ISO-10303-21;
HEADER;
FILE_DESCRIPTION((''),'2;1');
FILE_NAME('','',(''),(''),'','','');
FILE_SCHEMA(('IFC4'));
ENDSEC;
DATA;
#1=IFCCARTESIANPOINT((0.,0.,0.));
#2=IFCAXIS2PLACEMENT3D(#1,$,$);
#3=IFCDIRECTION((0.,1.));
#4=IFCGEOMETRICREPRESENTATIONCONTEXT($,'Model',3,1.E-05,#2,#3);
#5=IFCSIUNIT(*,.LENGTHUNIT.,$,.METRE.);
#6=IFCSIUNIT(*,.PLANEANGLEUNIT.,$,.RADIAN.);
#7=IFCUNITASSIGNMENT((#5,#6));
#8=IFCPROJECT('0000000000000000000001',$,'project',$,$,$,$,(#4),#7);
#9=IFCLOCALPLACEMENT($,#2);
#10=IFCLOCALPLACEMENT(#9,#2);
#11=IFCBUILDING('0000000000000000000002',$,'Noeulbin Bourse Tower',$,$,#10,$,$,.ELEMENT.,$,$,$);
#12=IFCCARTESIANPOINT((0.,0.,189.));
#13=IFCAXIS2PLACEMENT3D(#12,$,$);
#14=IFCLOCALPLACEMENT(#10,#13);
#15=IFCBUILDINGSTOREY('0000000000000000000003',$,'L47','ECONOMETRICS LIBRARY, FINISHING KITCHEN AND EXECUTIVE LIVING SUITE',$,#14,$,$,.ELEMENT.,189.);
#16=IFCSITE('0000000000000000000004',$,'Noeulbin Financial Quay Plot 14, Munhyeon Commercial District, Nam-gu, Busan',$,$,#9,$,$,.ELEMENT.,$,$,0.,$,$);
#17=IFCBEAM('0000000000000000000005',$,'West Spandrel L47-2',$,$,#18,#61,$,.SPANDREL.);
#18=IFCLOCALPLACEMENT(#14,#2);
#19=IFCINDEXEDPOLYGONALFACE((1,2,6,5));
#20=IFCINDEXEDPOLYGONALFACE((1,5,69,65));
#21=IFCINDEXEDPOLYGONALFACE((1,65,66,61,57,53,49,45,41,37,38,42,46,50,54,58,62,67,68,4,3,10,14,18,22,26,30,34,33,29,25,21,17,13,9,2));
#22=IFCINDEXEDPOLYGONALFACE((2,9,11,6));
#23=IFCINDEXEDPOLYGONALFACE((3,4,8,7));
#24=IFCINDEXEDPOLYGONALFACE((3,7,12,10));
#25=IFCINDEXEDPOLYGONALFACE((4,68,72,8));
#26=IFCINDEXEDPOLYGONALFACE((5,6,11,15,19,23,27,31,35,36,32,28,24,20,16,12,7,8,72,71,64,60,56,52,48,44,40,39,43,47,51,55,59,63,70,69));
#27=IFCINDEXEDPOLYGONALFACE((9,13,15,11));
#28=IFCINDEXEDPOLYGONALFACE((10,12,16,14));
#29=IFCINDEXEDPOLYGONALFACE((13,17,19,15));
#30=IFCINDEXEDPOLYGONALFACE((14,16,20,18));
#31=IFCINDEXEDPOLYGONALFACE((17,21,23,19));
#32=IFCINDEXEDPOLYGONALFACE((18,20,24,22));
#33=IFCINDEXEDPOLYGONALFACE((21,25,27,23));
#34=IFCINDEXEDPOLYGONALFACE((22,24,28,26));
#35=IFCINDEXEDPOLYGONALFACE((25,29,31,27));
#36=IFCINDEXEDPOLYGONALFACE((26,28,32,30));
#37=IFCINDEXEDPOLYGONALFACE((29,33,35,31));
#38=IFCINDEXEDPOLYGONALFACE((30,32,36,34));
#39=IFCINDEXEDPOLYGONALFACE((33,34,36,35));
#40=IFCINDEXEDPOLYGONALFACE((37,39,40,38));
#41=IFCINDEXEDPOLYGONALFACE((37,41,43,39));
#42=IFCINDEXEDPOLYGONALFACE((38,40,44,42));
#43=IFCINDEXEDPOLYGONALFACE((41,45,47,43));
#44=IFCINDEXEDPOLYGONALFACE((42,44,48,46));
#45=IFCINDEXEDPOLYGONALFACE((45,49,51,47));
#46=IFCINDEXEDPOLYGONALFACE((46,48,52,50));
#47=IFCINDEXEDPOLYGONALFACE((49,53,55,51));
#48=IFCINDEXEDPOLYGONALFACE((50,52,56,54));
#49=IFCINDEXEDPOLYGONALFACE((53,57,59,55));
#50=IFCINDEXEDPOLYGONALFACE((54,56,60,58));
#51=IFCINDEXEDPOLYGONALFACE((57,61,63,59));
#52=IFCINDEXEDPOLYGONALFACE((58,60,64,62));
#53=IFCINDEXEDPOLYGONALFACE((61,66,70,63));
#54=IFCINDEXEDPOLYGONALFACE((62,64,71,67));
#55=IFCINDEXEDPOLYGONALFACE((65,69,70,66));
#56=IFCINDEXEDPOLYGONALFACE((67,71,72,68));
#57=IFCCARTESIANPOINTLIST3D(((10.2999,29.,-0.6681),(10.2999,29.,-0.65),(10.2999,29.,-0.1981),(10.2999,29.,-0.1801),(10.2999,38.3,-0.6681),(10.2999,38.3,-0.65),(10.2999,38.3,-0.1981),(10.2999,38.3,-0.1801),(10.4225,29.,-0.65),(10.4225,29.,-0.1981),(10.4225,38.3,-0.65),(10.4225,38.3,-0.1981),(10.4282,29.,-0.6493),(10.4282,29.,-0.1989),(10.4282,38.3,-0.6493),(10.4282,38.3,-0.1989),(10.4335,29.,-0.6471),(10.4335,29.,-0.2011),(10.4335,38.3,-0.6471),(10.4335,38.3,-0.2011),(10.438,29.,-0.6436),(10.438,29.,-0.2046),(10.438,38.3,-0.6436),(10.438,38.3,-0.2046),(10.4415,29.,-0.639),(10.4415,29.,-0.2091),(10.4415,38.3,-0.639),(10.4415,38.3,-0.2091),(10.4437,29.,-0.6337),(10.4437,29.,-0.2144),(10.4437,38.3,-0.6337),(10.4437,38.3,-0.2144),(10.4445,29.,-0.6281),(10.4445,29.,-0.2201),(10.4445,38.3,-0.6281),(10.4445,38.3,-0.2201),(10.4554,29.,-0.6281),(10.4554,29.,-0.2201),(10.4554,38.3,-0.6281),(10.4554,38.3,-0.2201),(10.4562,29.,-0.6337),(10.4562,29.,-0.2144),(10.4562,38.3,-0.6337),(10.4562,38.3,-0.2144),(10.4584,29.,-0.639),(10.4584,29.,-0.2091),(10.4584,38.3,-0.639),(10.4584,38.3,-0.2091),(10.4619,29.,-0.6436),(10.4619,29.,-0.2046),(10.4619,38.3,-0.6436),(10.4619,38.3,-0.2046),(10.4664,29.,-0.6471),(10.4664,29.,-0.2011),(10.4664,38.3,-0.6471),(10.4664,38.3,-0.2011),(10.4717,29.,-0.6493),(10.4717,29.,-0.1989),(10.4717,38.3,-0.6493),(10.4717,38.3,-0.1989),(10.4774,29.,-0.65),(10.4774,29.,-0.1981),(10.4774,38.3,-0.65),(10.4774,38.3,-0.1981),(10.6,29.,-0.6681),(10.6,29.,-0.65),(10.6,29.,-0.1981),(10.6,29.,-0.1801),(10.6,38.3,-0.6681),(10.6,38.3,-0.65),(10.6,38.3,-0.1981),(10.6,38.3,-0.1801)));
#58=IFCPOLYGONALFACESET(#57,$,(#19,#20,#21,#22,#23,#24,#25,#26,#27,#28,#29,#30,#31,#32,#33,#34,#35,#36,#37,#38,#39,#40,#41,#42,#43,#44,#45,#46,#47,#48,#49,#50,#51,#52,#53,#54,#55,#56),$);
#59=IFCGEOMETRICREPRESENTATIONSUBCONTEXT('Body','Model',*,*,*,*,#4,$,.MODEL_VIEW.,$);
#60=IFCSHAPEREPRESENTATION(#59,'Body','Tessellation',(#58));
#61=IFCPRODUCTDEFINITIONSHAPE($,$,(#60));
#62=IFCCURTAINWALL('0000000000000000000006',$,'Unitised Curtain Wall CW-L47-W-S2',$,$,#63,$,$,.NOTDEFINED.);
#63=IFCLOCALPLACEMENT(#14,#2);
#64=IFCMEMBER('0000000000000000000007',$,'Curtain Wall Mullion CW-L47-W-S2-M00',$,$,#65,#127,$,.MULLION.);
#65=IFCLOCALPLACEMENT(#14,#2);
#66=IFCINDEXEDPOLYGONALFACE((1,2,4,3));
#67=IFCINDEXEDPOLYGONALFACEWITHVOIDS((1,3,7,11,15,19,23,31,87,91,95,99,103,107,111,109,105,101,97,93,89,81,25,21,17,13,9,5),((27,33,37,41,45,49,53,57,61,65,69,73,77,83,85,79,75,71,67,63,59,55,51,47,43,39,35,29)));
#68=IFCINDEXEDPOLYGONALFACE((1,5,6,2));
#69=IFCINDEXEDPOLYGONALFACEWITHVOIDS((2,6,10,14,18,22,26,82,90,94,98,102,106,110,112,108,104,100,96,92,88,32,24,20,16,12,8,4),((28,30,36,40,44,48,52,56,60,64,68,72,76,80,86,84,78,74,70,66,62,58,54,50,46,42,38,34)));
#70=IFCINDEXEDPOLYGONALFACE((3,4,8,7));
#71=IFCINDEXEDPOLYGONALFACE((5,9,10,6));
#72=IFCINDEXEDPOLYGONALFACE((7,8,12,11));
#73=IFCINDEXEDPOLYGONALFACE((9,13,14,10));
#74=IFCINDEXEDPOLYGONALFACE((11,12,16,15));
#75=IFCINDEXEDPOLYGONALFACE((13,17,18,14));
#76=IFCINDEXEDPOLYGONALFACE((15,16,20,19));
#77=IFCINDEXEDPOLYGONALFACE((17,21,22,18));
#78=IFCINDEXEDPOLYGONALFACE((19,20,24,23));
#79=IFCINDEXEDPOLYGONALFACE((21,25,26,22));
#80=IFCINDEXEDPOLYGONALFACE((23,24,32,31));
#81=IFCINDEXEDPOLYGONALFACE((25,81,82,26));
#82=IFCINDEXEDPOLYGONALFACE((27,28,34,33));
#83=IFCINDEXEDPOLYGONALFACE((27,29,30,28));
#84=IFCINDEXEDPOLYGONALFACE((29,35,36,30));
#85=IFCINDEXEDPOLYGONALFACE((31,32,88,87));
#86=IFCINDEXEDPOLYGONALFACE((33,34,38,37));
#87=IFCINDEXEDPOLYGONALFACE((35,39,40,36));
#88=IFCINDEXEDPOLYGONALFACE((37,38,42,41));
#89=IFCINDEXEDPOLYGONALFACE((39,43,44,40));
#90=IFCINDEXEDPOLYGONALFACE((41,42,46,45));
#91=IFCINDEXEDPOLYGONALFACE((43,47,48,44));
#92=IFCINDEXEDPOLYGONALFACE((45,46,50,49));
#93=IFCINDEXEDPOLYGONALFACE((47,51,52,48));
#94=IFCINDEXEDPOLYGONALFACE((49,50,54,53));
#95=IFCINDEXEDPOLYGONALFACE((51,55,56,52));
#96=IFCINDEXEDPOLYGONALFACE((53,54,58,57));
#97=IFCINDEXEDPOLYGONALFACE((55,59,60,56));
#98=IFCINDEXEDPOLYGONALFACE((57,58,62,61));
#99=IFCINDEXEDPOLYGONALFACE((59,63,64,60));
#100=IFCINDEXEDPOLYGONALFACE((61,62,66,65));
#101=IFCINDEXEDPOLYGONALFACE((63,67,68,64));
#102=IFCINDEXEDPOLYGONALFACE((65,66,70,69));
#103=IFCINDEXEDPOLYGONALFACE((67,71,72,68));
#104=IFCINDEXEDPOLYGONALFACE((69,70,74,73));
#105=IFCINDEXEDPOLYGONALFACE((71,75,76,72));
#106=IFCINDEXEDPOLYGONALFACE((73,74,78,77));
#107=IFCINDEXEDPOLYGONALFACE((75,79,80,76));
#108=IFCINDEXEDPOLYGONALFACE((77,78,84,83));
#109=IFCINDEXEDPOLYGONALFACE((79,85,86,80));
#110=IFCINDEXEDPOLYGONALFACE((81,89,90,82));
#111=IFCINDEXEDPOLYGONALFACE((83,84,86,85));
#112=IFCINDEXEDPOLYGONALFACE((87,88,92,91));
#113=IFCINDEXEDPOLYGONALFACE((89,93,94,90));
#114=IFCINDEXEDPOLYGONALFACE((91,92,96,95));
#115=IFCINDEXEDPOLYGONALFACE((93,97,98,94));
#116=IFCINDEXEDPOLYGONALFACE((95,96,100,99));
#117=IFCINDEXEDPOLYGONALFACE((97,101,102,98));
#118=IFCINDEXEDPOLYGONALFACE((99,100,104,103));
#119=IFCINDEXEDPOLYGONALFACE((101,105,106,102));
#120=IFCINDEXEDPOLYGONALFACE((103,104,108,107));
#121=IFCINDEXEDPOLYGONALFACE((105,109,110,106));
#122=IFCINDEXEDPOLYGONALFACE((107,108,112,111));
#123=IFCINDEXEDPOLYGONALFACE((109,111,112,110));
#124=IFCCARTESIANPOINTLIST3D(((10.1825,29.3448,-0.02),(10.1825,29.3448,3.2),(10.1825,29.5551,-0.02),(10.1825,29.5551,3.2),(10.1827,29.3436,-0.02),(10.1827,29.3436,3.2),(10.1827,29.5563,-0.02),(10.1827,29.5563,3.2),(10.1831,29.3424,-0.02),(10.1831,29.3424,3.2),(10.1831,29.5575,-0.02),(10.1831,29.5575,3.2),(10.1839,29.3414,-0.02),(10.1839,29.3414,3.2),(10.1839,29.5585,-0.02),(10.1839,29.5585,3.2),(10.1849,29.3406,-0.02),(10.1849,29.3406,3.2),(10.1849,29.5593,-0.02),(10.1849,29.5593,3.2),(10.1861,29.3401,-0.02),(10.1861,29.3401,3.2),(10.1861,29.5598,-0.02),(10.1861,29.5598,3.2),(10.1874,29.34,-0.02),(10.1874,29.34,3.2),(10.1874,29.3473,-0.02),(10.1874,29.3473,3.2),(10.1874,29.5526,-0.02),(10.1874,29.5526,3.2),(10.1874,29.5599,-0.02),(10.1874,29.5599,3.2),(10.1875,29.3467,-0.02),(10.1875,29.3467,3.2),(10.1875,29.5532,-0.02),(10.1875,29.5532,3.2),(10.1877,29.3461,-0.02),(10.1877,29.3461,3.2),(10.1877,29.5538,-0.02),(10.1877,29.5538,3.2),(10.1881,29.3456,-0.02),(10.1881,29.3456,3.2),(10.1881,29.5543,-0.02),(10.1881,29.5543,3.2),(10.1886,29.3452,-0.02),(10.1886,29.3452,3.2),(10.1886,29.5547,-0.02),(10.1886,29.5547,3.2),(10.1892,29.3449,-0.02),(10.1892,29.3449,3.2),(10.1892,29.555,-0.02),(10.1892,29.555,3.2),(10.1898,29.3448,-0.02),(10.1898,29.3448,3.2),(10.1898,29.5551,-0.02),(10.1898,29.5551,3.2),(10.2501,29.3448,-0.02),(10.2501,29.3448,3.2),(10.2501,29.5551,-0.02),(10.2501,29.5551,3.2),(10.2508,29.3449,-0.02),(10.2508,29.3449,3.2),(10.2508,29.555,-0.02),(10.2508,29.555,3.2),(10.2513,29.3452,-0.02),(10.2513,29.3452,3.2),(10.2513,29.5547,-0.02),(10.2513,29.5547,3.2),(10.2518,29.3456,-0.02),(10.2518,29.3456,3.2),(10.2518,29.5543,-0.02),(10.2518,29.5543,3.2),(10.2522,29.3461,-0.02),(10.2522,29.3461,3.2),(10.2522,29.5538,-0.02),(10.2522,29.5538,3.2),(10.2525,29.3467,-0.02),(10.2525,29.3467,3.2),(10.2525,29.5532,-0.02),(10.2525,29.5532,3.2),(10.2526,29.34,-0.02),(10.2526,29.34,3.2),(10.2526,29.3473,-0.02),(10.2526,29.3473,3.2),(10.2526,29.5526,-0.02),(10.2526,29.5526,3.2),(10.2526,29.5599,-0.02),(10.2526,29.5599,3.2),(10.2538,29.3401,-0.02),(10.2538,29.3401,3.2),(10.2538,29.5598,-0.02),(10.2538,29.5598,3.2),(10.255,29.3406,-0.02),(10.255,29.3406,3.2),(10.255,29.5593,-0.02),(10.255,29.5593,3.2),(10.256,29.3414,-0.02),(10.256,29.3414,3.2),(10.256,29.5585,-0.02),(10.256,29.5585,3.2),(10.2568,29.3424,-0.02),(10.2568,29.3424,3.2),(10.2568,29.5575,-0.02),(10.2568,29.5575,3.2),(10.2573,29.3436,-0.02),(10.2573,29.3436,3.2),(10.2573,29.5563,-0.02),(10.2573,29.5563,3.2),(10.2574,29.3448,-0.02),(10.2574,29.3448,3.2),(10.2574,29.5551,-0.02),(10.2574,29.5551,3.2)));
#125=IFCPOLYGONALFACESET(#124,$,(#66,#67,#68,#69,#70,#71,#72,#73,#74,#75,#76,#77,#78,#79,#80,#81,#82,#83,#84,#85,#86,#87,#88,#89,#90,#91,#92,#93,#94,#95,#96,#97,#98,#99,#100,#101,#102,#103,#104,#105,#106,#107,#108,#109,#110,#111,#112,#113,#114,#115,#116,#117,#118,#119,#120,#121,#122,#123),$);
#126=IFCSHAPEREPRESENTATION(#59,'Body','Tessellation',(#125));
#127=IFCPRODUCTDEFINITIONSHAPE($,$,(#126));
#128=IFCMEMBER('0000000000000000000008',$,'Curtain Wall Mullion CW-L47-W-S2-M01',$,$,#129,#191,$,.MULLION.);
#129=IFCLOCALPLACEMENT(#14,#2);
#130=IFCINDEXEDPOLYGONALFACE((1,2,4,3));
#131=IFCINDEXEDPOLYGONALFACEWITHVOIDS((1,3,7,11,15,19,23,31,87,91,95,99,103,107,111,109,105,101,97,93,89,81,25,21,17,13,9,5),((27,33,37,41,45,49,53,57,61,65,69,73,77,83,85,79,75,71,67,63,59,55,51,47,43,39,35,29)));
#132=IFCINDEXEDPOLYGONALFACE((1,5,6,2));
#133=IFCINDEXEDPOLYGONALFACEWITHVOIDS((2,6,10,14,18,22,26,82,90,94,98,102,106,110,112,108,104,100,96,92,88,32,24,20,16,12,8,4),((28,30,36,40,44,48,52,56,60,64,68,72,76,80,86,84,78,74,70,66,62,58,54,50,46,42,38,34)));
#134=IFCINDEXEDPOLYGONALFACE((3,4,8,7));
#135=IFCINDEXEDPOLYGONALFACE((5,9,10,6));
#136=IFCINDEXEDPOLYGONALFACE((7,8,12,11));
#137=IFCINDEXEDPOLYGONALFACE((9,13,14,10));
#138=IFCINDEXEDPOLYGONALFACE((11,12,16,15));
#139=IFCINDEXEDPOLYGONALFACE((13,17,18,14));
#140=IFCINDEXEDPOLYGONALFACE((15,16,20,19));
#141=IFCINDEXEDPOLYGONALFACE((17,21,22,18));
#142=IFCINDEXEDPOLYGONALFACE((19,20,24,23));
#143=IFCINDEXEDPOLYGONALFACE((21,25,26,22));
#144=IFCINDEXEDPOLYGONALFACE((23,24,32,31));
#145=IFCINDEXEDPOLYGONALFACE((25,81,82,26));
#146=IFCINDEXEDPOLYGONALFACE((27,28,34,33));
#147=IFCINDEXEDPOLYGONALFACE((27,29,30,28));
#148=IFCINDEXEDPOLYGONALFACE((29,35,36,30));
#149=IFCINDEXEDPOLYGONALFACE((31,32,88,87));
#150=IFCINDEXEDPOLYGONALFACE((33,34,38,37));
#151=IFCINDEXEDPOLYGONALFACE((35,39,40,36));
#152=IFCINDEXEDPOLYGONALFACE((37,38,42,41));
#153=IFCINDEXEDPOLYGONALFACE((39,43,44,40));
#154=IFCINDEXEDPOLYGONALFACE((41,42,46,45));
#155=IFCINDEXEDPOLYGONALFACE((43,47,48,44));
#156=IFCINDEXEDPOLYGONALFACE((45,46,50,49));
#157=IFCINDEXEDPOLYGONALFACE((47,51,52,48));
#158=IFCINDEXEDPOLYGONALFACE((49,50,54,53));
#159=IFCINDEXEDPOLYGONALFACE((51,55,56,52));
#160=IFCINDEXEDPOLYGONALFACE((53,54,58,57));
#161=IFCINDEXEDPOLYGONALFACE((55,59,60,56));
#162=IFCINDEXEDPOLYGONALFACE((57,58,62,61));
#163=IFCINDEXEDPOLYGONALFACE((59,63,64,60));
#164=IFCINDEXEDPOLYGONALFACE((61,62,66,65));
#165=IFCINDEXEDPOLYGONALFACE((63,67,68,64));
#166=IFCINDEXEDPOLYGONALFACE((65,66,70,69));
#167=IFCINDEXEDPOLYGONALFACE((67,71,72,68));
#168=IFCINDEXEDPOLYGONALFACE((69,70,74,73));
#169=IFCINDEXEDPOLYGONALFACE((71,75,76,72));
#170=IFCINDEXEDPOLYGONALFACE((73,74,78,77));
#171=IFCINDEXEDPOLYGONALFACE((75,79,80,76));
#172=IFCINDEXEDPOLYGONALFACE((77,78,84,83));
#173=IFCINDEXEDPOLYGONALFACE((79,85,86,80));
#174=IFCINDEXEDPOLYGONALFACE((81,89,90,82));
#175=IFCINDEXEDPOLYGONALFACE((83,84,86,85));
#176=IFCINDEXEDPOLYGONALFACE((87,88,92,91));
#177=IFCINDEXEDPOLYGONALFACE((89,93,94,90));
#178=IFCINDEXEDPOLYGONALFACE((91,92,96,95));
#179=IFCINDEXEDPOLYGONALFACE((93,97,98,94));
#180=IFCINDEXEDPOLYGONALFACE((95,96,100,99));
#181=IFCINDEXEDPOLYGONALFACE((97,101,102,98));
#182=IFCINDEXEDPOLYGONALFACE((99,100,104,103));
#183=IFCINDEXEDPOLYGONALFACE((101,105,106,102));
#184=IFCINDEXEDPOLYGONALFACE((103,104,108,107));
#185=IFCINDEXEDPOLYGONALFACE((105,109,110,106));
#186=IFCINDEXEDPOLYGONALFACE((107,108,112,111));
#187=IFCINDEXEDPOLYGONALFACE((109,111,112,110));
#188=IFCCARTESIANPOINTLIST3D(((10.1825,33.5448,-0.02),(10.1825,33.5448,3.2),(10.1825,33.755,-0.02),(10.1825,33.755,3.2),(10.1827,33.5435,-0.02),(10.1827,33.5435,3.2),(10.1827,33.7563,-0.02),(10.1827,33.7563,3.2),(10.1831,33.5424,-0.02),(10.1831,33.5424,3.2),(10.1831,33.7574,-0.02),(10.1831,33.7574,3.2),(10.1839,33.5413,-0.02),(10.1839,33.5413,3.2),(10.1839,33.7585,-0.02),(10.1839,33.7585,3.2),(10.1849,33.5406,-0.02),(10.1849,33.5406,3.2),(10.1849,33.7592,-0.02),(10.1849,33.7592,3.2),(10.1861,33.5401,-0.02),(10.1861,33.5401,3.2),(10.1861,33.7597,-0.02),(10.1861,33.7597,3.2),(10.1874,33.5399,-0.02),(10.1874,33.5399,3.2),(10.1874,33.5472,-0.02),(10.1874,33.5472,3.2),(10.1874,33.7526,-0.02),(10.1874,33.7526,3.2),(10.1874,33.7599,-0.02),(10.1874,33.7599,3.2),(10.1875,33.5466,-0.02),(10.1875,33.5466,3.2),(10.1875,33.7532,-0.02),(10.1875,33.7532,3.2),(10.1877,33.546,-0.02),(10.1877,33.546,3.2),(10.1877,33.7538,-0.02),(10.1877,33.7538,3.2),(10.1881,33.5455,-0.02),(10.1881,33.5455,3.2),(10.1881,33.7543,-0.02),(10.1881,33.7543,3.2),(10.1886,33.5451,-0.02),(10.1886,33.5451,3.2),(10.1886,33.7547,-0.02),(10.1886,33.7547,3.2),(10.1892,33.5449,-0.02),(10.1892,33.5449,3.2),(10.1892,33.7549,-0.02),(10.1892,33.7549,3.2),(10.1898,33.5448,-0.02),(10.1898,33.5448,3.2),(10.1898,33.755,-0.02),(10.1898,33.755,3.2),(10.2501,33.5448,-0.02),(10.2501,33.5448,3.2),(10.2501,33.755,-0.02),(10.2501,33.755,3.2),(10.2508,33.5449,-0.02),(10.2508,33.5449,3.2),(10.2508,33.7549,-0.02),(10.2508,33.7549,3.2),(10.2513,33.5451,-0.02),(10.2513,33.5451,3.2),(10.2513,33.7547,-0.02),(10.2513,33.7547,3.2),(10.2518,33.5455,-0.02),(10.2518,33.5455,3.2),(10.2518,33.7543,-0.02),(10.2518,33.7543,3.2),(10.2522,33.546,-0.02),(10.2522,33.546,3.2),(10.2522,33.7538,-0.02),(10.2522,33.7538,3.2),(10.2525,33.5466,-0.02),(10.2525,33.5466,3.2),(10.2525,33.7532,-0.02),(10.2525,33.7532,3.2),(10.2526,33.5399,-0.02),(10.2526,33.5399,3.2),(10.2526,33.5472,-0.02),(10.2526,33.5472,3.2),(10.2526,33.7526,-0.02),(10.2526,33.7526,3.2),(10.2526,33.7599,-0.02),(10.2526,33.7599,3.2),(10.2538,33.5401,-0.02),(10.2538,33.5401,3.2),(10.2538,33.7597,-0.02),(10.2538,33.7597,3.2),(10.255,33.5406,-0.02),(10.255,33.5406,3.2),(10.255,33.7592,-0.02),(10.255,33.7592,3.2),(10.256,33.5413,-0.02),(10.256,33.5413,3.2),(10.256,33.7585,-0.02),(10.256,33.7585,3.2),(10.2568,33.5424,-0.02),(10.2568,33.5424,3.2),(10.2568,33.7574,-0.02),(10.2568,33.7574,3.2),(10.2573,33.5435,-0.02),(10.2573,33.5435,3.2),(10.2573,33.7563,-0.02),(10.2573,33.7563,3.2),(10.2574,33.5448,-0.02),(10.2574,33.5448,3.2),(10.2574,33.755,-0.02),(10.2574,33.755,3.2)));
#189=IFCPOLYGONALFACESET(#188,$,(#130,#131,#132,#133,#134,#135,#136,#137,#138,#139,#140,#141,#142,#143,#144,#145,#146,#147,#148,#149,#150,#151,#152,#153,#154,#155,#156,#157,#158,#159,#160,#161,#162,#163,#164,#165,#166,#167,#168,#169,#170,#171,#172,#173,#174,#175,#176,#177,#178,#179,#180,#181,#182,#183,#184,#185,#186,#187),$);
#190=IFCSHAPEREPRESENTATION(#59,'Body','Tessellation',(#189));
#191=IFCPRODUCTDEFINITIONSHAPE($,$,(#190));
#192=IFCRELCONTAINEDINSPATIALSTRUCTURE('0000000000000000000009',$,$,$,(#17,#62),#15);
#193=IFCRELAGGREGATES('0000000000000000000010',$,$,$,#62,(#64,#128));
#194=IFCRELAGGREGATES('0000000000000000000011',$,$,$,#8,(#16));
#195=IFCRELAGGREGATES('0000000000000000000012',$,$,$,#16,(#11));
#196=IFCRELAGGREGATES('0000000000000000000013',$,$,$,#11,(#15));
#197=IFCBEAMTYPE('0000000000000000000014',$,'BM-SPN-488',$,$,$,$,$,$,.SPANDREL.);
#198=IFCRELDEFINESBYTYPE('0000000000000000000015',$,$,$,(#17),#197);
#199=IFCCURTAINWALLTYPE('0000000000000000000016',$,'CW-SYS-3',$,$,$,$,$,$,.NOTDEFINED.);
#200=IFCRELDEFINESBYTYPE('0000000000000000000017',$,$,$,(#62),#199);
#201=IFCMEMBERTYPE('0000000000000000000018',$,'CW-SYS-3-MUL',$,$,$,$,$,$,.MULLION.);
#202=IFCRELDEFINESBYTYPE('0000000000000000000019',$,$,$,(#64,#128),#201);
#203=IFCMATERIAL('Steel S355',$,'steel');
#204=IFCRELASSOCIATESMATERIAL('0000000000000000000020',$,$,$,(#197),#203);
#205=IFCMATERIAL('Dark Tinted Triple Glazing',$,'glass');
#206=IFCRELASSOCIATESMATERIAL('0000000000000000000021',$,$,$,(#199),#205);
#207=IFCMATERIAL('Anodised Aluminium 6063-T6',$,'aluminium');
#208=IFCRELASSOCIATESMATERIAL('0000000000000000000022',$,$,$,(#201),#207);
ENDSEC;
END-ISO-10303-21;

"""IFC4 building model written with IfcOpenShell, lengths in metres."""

from ifc_helpers import new_model, si_unit, direction, frame, origin, origin_2d, place, context, subcontext, project, spatial, hollow_rectangle, i_section, extrude, material, material_profile, profile_set, type_object, element, aggregate, save


model = new_model("IFC4")

# Units and contexts
model_context = context("Model", 3, precision=1e-05, world=origin(), true_north=direction((0.0, 1.0)))
body_context = subcontext(model_context, "Body", "Model", "MODEL_VIEW")
ifc_project = project(units=[si_unit("LENGTHUNIT", "METRE"), si_unit("PLANEANGLEUNIT", "RADIAN")], contexts=[model_context])

# Site, building, storey
site_placement = place(None, origin())
site = spatial("IfcSite", under=ifc_project, at=site_placement, Name="Noeulbin Financial Quay Plot 14, Munhyeon Commercial District, Nam-gu, Busan", CompositionType="ELEMENT", RefElevation=0.0)
building_placement = place(site_placement, origin())
building = spatial("IfcBuilding", under=site, at=building_placement, Name="Noeulbin Bourse Tower", CompositionType="ELEMENT")
storey_placement = place(building_placement, frame((0.0, 0.0, 189.0)))
storey = spatial("IfcBuildingStorey", under=building, at=storey_placement, Name="L47", Description="ECONOMETRICS LIBRARY, FINISHING KITCHEN AND EXECUTIVE LIVING SUITE", CompositionType="ELEMENT", Elevation=189.0)

# Beam
ifc_material_1 = material(Name="Steel S355", Category="steel")
ifc_material_profile_1 = material_profile(ifc_material_1, i_section(OverallWidth=0.3, OverallDepth=0.488, WebThickness=0.011, FlangeThickness=0.0181, FilletRadius=0.022, at=origin_2d()), Name="H-488x300x11x18", Category="LoadBearing")
ifc_profile_set_1 = profile_set([ifc_material_profile_1], Name="Steel S355")
beam_type_1 = type_object("IfcBeamType", Name="BM-SPN-488", PredefinedType="SPANDREL", material=ifc_profile_set_1)
beam_1_placement = place(storey_placement, frame((10.45, 29.0, -0.4241), z_axis=(0.0, 1.0, 0.0), x_axis=(-1.0, 0.0, 0.0)))
element("IfcBeam", 1, at=beam_1_placement, inside=storey, type_object=beam_type_1, Name="West Spandrel L47-2", PredefinedType="SPANDREL", context=body_context, shape_type="SweptSolid", body=[
    extrude(i_section(OverallWidth=0.3, OverallDepth=0.488, WebThickness=0.011, FlangeThickness=0.0181, FilletRadius=0.022, at=origin_2d()), origin(), (0.0, 0.0, 1.0), 9.3),
])

# Curtain wall, members
ifc_material_2 = material(Name="Dark Tinted Triple Glazing", Category="glass")
curtain_wall_type = type_object("IfcCurtainWallType", Name="CW-SYS-3", PredefinedType="NOTDEFINED", material=ifc_material_2)
curtain_wall_placement = place(storey_placement, origin())
curtain_wall = element("IfcCurtainWall", 2, at=curtain_wall_placement, inside=storey, type_object=curtain_wall_type, Name="Unitised Curtain Wall CW-L47-W-S2", PredefinedType="NOTDEFINED")
ifc_material_3 = material(Name="Anodised Aluminium 6063-T6", Category="aluminium")
ifc_material_profile_2 = material_profile(ifc_material_3, hollow_rectangle(XDim=0.075, YDim=0.22, WallThickness=0.0049, InnerFilletRadius=0.0024, OuterFilletRadius=0.0049, at=origin_2d()), Name="ALU-MULL-75x220x5", Category="LoadBearing")
ifc_profile_set_2 = profile_set([ifc_material_profile_2], Name="Anodised Aluminium 6063-T6")
member_type_1 = type_object("IfcMemberType", Name="CW-SYS-3-MUL", PredefinedType="MULLION", material=ifc_profile_set_2)
member_1_placement = place(storey_placement, frame((10.22, 29.45, -0.02), z_axis=(0.0, 0.0, 1.0), x_axis=(1.0, 0.0, 0.0)))
member_1 = element("IfcMember", 3, at=member_1_placement, type_object=member_type_1, Name="Curtain Wall Mullion CW-L47-W-S2-M00", PredefinedType="MULLION", context=body_context, shape_type="SweptSolid", body=[
    extrude(hollow_rectangle(XDim=0.075, YDim=0.22, WallThickness=0.0049, InnerFilletRadius=0.0024, OuterFilletRadius=0.0049, at=origin_2d()), origin(), (0.0, 0.0, 1.0), 3.22),
])
member_2_placement = place(storey_placement, frame((10.22, 33.6499, -0.02), z_axis=(0.0, 0.0, 1.0), x_axis=(1.0, 0.0, 0.0)))
member_2 = element("IfcMember", 4, at=member_2_placement, type_object=member_type_1, Name="Curtain Wall Mullion CW-L47-W-S2-M01", PredefinedType="MULLION", context=body_context, shape_type="SweptSolid", body=[
    extrude(hollow_rectangle(XDim=0.075, YDim=0.22, WallThickness=0.0049, InnerFilletRadius=0.0024, OuterFilletRadius=0.0049, at=origin_2d()), origin(), (0.0, 0.0, 1.0), 3.22),
])
aggregate(curtain_wall, [member_1, member_2])

save(model, "model.ifc")
